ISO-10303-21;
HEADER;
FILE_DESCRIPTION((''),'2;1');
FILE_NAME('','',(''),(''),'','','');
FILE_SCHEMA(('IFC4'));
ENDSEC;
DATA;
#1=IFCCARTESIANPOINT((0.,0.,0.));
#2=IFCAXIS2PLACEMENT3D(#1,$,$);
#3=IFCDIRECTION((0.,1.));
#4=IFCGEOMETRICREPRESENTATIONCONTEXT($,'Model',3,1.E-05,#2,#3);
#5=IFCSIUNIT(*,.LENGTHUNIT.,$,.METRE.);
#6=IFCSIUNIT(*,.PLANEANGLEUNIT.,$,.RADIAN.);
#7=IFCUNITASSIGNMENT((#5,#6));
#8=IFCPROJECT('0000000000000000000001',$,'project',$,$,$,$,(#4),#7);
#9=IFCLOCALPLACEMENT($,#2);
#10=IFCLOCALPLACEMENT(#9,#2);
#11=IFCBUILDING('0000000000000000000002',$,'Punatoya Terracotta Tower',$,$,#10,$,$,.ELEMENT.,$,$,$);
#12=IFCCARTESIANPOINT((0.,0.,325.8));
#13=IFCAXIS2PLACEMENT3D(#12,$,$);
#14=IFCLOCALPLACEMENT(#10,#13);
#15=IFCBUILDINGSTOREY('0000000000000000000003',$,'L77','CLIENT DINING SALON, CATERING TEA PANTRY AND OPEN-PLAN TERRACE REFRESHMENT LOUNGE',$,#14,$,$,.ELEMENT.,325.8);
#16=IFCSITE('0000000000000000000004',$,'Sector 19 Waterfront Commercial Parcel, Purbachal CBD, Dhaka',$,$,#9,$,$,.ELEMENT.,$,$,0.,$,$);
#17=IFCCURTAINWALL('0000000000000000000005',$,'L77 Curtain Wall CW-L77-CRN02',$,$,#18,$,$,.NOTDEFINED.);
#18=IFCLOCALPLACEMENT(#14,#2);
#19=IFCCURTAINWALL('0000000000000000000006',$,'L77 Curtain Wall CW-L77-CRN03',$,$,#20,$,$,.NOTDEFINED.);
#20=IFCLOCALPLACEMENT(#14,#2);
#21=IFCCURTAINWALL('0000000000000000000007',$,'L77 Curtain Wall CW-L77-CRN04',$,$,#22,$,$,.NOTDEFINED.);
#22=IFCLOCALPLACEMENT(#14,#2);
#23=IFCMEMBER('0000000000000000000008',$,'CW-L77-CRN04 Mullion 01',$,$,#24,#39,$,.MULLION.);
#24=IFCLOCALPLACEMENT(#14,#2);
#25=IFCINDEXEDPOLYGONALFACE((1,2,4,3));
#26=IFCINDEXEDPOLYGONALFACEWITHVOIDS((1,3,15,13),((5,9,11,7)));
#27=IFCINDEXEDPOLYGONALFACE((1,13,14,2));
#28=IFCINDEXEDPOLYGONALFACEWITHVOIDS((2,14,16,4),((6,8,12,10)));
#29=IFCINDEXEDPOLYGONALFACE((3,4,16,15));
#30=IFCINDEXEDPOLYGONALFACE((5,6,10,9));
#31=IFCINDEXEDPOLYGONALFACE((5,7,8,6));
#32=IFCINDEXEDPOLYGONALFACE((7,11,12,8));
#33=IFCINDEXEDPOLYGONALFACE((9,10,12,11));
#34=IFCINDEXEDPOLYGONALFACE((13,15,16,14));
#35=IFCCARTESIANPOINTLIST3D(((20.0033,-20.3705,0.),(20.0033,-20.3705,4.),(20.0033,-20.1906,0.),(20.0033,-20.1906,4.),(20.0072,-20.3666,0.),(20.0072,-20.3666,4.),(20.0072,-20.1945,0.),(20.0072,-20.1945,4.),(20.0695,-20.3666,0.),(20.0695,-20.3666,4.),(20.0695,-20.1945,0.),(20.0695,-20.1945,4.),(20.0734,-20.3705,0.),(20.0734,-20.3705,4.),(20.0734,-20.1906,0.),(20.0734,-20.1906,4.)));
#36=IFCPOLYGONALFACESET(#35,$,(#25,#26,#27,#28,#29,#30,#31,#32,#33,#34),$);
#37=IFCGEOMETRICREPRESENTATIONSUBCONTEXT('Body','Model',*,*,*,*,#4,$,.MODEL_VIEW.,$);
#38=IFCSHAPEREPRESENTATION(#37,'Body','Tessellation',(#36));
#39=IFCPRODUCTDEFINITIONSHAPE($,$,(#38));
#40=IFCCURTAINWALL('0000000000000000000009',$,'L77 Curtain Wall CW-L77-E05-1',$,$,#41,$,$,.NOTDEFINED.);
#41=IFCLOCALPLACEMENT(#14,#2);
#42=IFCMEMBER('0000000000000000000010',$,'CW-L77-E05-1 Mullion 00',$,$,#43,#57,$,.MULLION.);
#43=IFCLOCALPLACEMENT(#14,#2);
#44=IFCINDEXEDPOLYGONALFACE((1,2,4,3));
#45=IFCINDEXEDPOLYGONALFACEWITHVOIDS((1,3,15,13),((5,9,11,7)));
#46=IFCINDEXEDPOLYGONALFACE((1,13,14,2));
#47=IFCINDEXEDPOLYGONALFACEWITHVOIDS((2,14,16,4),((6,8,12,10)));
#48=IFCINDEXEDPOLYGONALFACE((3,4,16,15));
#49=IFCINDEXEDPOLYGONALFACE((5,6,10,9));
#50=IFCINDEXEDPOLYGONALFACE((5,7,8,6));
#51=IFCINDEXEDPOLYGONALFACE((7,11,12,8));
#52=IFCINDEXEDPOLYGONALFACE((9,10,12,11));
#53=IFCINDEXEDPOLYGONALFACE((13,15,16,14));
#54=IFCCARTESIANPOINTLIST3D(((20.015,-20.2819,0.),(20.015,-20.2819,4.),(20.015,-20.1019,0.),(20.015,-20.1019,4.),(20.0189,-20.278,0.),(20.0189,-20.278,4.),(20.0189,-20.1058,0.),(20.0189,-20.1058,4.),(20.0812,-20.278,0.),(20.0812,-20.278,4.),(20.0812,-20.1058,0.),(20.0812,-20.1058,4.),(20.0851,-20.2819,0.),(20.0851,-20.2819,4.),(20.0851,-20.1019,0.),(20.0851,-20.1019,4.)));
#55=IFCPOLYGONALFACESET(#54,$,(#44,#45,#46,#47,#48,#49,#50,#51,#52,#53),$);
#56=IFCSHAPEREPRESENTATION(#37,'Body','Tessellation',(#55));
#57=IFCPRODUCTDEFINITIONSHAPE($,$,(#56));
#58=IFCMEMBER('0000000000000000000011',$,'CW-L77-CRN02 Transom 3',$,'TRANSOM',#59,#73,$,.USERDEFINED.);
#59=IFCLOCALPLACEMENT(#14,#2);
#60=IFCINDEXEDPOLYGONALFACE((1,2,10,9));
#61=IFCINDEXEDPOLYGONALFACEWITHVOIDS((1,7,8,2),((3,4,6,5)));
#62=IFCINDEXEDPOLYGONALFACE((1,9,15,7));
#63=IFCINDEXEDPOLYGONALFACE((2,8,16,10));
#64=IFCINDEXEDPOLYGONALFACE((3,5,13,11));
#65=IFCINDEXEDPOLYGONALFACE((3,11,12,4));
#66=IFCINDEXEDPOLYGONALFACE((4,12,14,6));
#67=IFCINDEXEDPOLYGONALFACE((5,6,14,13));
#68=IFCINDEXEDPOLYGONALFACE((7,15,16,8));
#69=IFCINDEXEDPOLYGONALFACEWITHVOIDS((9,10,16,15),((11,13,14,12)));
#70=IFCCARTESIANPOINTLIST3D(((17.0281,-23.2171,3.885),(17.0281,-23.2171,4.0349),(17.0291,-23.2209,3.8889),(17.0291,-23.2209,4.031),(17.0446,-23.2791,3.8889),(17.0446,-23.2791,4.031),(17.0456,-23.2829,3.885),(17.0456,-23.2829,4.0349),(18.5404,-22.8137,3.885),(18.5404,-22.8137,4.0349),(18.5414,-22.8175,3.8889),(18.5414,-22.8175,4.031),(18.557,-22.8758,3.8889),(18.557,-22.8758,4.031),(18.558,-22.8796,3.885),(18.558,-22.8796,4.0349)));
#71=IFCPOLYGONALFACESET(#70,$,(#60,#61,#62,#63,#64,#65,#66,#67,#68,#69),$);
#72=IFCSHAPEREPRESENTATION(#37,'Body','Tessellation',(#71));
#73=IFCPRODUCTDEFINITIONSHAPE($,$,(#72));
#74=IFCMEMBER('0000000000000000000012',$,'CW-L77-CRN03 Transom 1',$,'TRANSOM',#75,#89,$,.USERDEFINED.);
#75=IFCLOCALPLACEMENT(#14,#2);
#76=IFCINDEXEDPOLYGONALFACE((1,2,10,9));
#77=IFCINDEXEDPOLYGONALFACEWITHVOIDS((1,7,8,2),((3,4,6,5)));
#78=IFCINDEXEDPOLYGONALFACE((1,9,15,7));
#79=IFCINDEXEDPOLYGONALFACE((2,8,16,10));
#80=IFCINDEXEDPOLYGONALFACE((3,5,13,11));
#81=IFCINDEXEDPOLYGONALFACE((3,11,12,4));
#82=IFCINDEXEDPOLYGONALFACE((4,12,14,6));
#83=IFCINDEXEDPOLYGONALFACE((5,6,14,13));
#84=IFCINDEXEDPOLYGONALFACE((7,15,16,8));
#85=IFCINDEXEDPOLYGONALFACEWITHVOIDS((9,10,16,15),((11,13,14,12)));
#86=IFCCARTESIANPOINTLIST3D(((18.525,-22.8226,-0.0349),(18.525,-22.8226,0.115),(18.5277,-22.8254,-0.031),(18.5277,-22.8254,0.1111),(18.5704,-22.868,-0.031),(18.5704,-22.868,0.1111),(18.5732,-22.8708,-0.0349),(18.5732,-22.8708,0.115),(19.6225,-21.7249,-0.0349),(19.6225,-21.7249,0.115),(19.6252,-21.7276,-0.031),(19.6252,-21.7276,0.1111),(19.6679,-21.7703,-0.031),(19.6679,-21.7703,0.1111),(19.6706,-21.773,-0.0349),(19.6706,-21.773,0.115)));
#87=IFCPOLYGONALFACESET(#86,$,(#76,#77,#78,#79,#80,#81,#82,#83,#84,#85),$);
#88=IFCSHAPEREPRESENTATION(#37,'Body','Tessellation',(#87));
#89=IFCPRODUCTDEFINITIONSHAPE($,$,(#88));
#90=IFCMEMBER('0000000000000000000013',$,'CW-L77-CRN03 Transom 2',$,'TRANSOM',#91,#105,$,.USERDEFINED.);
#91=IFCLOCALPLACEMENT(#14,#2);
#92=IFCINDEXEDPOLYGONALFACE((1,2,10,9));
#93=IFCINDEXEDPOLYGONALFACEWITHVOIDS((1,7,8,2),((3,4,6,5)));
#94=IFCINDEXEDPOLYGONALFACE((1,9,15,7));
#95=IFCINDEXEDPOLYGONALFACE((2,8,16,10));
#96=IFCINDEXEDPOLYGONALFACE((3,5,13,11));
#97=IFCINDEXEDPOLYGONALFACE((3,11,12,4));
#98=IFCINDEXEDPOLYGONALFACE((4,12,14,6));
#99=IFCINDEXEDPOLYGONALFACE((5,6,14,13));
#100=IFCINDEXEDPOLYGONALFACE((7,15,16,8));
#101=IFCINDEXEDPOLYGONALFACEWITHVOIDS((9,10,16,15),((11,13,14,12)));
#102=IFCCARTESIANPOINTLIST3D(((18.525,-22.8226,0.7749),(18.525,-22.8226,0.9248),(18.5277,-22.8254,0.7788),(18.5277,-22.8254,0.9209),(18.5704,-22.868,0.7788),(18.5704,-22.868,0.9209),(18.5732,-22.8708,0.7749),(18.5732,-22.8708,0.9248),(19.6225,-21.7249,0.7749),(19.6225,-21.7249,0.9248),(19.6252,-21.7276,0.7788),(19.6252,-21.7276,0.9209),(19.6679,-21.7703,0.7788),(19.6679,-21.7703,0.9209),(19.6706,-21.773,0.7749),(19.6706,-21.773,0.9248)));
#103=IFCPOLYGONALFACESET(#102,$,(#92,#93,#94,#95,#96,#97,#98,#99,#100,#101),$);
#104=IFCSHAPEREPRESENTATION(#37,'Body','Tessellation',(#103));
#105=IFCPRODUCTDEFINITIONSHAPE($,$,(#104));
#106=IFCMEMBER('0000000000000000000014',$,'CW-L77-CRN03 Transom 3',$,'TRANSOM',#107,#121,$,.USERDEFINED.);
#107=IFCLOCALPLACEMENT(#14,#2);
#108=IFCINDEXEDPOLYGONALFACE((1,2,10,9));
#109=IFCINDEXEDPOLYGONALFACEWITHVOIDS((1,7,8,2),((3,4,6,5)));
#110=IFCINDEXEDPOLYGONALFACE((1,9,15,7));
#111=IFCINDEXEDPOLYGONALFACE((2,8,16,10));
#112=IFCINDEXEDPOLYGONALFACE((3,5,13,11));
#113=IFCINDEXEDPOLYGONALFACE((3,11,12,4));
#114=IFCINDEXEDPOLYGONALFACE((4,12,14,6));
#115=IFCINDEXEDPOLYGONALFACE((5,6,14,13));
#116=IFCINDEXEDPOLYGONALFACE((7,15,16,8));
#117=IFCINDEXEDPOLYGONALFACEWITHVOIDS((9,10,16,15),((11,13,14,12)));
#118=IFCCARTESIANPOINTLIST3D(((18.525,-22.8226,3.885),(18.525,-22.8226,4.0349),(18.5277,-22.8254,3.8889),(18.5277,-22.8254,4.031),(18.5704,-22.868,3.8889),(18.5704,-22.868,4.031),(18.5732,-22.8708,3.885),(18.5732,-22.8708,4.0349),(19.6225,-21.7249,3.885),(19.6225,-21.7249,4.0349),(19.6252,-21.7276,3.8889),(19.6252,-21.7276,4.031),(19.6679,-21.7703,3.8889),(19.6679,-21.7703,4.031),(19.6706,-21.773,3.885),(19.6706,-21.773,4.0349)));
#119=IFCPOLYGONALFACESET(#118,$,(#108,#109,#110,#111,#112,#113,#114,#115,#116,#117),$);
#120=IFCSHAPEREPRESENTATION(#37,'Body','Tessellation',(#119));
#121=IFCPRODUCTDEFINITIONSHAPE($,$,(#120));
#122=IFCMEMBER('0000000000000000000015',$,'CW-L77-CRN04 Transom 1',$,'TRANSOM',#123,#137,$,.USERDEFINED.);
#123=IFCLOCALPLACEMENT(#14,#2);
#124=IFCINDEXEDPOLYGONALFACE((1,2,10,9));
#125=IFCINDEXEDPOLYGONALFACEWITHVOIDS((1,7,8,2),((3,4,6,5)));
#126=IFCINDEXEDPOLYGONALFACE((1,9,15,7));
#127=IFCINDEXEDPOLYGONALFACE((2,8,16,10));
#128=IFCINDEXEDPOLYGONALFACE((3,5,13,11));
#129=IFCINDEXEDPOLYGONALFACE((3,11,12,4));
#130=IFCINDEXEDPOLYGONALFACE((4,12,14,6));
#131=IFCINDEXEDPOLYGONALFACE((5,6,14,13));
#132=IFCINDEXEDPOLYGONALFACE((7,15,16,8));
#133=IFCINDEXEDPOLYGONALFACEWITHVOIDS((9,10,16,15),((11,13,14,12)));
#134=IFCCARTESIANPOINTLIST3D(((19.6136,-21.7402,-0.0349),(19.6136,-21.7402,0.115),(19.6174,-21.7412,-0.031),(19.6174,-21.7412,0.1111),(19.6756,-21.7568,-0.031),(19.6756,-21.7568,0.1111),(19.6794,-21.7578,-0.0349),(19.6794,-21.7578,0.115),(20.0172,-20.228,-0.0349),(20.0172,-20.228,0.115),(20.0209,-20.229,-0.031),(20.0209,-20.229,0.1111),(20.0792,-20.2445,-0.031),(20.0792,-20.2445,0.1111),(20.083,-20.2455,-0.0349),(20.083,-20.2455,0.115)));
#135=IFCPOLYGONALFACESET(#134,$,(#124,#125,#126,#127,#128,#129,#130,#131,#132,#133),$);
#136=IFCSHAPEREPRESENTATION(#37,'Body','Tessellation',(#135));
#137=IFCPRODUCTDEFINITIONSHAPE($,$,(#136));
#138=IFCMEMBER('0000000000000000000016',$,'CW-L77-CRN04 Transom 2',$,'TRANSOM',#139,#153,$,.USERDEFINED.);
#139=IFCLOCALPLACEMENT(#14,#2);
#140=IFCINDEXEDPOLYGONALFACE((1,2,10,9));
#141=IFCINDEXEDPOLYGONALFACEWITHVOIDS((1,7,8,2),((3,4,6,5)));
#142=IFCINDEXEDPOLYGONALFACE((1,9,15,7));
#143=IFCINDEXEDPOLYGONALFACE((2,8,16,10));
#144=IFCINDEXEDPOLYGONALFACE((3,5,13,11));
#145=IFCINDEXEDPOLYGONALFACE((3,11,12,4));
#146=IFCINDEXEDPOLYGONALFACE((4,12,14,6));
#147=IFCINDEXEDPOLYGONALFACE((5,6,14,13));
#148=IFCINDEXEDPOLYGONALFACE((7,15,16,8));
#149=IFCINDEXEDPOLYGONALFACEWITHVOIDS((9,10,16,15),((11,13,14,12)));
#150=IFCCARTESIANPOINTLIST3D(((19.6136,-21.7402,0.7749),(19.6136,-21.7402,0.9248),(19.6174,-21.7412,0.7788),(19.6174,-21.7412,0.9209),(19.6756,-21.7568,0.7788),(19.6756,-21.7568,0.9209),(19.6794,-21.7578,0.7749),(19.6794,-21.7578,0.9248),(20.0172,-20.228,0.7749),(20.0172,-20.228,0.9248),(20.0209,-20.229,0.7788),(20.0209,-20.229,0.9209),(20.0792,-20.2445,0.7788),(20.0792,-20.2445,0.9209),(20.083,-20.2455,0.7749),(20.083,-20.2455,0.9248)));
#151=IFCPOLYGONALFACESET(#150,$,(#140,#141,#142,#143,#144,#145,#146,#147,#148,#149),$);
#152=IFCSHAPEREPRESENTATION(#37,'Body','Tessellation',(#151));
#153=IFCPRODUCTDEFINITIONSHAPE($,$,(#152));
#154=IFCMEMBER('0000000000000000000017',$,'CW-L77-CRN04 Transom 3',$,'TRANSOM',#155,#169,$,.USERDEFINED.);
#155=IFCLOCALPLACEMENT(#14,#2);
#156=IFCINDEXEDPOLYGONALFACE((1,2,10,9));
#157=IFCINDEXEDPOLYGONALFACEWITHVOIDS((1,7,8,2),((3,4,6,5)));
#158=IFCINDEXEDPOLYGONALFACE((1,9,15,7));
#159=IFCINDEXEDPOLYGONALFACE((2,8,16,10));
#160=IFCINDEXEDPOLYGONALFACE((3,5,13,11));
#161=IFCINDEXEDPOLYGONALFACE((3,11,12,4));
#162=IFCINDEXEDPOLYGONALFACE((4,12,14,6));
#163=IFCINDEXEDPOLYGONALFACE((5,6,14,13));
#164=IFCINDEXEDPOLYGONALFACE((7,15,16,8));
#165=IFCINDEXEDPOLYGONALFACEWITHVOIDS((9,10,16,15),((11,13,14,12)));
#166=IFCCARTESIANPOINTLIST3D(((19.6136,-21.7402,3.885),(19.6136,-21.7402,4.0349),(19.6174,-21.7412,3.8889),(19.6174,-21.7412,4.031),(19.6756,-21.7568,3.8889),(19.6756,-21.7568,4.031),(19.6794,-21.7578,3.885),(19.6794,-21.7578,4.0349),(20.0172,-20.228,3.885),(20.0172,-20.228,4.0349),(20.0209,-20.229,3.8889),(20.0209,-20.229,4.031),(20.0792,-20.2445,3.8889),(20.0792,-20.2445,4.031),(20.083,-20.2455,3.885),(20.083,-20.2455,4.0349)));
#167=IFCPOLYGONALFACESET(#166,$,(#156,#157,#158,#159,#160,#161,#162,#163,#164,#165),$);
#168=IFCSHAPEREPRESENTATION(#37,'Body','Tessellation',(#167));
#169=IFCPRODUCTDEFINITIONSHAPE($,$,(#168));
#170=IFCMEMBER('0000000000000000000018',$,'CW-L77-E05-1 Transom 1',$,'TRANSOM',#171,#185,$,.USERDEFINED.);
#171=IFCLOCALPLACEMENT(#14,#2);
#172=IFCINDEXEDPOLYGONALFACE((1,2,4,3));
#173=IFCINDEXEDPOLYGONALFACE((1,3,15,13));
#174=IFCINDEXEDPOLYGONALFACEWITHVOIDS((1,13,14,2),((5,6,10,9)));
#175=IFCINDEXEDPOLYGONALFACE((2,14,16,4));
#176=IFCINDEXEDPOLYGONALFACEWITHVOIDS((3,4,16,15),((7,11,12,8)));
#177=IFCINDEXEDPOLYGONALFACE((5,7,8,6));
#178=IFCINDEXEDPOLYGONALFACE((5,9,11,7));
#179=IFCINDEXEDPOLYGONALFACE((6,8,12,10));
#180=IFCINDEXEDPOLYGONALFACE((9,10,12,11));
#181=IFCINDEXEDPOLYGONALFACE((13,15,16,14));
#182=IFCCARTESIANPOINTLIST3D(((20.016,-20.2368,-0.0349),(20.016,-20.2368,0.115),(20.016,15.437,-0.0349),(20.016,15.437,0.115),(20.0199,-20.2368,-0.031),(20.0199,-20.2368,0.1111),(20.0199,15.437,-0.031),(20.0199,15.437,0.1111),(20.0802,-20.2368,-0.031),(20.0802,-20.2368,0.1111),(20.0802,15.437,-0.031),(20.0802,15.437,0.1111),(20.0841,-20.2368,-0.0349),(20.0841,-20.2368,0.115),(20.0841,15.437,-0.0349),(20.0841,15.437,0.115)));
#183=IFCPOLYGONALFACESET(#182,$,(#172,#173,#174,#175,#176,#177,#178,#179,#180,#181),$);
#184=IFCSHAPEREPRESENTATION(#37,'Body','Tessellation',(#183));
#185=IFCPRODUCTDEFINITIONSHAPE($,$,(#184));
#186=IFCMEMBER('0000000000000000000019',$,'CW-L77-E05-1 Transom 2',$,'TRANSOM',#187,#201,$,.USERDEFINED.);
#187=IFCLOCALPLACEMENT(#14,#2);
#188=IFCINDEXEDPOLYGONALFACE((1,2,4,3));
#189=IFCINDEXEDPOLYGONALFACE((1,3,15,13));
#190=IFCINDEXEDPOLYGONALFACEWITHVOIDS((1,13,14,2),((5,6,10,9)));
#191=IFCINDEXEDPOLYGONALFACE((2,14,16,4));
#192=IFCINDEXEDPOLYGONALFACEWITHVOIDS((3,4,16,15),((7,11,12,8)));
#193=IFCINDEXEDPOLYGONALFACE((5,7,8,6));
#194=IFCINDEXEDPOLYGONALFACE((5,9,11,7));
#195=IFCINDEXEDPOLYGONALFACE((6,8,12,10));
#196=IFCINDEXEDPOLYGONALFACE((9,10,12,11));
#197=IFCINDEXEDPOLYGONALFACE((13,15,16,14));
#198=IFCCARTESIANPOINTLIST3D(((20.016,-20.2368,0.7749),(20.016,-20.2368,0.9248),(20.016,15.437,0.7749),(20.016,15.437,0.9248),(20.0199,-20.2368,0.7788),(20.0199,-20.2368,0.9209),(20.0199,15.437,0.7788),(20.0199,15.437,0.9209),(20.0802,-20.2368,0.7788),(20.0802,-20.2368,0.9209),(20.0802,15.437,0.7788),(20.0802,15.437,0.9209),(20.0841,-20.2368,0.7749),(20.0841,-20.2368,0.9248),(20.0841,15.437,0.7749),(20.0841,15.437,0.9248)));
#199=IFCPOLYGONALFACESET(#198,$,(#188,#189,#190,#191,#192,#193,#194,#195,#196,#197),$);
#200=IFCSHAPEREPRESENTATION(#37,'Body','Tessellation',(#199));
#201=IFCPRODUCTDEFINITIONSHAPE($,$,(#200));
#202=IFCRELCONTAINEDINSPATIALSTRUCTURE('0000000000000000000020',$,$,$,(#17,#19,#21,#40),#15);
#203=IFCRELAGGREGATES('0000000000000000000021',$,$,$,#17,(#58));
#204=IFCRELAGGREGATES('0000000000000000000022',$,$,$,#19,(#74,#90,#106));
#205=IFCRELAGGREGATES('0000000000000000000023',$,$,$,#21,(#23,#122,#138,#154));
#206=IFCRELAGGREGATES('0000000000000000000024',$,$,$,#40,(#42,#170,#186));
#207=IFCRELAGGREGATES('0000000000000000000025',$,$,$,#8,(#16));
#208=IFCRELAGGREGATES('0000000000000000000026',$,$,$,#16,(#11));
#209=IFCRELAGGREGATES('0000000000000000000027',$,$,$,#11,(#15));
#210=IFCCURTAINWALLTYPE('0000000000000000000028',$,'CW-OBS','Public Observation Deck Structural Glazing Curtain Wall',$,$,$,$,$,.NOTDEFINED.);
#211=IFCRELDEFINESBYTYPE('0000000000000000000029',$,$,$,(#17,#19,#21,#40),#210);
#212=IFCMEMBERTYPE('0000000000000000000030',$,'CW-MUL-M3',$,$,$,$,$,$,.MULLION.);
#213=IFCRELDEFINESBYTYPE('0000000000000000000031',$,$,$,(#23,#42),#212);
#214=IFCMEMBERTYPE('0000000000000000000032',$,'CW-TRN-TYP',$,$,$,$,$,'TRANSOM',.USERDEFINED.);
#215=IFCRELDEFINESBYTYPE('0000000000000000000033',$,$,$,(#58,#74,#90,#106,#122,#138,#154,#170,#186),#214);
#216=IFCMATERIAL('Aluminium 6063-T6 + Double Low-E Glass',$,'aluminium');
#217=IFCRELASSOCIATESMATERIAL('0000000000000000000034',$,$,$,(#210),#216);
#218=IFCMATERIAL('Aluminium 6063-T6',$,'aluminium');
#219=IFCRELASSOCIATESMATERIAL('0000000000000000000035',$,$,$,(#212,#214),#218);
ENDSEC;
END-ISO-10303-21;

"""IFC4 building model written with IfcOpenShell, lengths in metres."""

from ifc_helpers import new_model, si_unit, direction, frame, origin, origin_2d, place, context, subcontext, project, spatial, hollow_rectangle, extrude, material, material_profile, profile_set, type_object, element, aggregate, save


model = new_model("IFC4")

# Units and contexts
model_context = context("Model", 3, precision=1e-05, world=origin(), true_north=direction((0.0, 1.0)))
body_context = subcontext(model_context, "Body", "Model", "MODEL_VIEW")
ifc_project = project(units=[si_unit("LENGTHUNIT", "METRE"), si_unit("PLANEANGLEUNIT", "RADIAN")], contexts=[model_context])

# Site, building, storey
site_placement = place(None, origin())
site = spatial("IfcSite", under=ifc_project, at=site_placement, Name="Sector 19 Waterfront Commercial Parcel, Purbachal CBD, Dhaka", CompositionType="ELEMENT", RefElevation=0.0)
building_placement = place(site_placement, origin())
building = spatial("IfcBuilding", under=site, at=building_placement, Name="Punatoya Terracotta Tower", CompositionType="ELEMENT")
storey_placement = place(building_placement, frame((0.0, 0.0, 325.8)))
storey = spatial("IfcBuildingStorey", under=building, at=storey_placement, Name="L77", Description="CLIENT DINING SALON, CATERING TEA PANTRY AND OPEN-PLAN TERRACE REFRESHMENT LOUNGE", CompositionType="ELEMENT", Elevation=325.8)

# Curtain walls, member
ifc_material_1 = material(Name="Aluminium 6063-T6 + Double Low-E Glass", Category="aluminium")
curtain_wall_type = type_object("IfcCurtainWallType", Name="CW-OBS", Description="Public Observation Deck Structural Glazing Curtain Wall", PredefinedType="NOTDEFINED", material=ifc_material_1)
curtain_wall_1_placement = place(storey_placement, origin())
curtain_wall_1 = element("IfcCurtainWall", 1, at=curtain_wall_1_placement, inside=storey, type_object=curtain_wall_type, Name="L77 Curtain Wall CW-L77-CRN02", PredefinedType="NOTDEFINED")
ifc_material_2 = material(Name="Aluminium 6063-T6", Category="aluminium")
ifc_material_profile_1 = material_profile(ifc_material_2, hollow_rectangle(XDim=0.0701, YDim=0.1799, WallThickness=0.0039, at=origin_2d()))
ifc_profile_set_1 = profile_set([ifc_material_profile_1], Name="Aluminium 6063-T6")
member_type_1 = type_object("IfcMemberType", Name="CW-MUL-M3", PredefinedType="MULLION", material=ifc_profile_set_1)
curtain_wall_2_placement = place(storey_placement, origin())
curtain_wall_2 = element("IfcCurtainWall", 2, at=curtain_wall_2_placement, inside=storey, type_object=curtain_wall_type, Name="L77 Curtain Wall CW-L77-CRN03", PredefinedType="NOTDEFINED")
curtain_wall_3_placement = place(storey_placement, origin())
curtain_wall_3 = element("IfcCurtainWall", 3, at=curtain_wall_3_placement, inside=storey, type_object=curtain_wall_type, Name="L77 Curtain Wall CW-L77-CRN04", PredefinedType="NOTDEFINED")
member_1_placement = place(storey_placement, frame((20.0383, -20.2805, 0.0), z_axis=(0.0, 0.0, 1.0), x_axis=(1.0, 0.0, 0.0)))
member_1 = element("IfcMember", 4, at=member_1_placement, type_object=member_type_1, Name="CW-L77-CRN04 Mullion 01", PredefinedType="MULLION", context=body_context, shape_type="SweptSolid", body=[
    extrude(hollow_rectangle(XDim=0.0701, YDim=0.1799, WallThickness=0.0039, at=origin_2d()), origin(), (0.0, 0.0, 1.0), 4.0),
])

# Curtain wall, member
curtain_wall_4_placement = place(storey_placement, origin())
curtain_wall_4 = element("IfcCurtainWall", 5, at=curtain_wall_4_placement, inside=storey, type_object=curtain_wall_type, Name="L77 Curtain Wall CW-L77-E05-1", PredefinedType="NOTDEFINED")
member_2_placement = place(storey_placement, frame((20.05, -20.1919, 0.0), z_axis=(0.0, 0.0, 1.0), x_axis=(1.0, 0.0, 0.0)))
member_2 = element("IfcMember", 6, at=member_2_placement, type_object=member_type_1, Name="CW-L77-E05-1 Mullion 00", PredefinedType="MULLION", context=body_context, shape_type="SweptSolid", body=[
    extrude(hollow_rectangle(XDim=0.0701, YDim=0.1799, WallThickness=0.0039, at=origin_2d()), origin(), (0.0, 0.0, 1.0), 4.0),
])

# Members
ifc_material_profile_2 = material_profile(ifc_material_2, hollow_rectangle(XDim=0.0681, YDim=0.1499, WallThickness=0.0039, at=origin_2d()))
ifc_profile_set_2 = profile_set([ifc_material_profile_2], Name="Aluminium 6063-T6")
member_type_2 = type_object("IfcMemberType", Name="CW-TRN-TYP", ElementType="TRANSOM", PredefinedType="USERDEFINED", material=ifc_profile_set_2)
member_3_placement = place(storey_placement, frame((17.0369, -23.25, 3.96), z_axis=(0.966225, 0.257701, 0.0), x_axis=(-0.257701, 0.966225, 0.0)))
member_3 = element("IfcMember", 7, at=member_3_placement, type_object=member_type_2, Name="CW-L77-CRN02 Transom 3", ObjectType="TRANSOM", PredefinedType="USERDEFINED", context=body_context, shape_type="SweptSolid", body=[
    extrude(hollow_rectangle(XDim=0.0681, YDim=0.1499, WallThickness=0.0039, at=origin_2d()), origin(), (0.0, 0.0, 1.0), 1.5652),
])
member_4_placement = place(storey_placement, frame((18.5491, -22.8467, 0.04), z_axis=(0.707028, 0.707185, 0.0), x_axis=(-0.707185, 0.707028, 0.0)))
member_4 = element("IfcMember", 8, at=member_4_placement, type_object=member_type_2, Name="CW-L77-CRN03 Transom 1", ObjectType="TRANSOM", PredefinedType="USERDEFINED", context=body_context, shape_type="SweptSolid", body=[
    extrude(hollow_rectangle(XDim=0.0681, YDim=0.1499, WallThickness=0.0039, at=origin_2d()), origin(), (0.0, 0.0, 1.0), 1.5522),
])
member_5_placement = place(storey_placement, frame((18.5491, -22.8467, 0.8499), z_axis=(0.707028, 0.707185, 0.0), x_axis=(-0.707185, 0.707028, 0.0)))
member_5 = element("IfcMember", 9, at=member_5_placement, type_object=member_type_2, Name="CW-L77-CRN03 Transom 2", ObjectType="TRANSOM", PredefinedType="USERDEFINED", context=body_context, shape_type="SweptSolid", body=[
    extrude(hollow_rectangle(XDim=0.0681, YDim=0.1499, WallThickness=0.0039, at=origin_2d()), origin(), (0.0, 0.0, 1.0), 1.5522),
])
member_6_placement = place(storey_placement, frame((18.5491, -22.8467, 3.96), z_axis=(0.707028, 0.707185, 0.0), x_axis=(-0.707185, 0.707028, 0.0)))
member_6 = element("IfcMember", 10, at=member_6_placement, type_object=member_type_2, Name="CW-L77-CRN03 Transom 3", ObjectType="TRANSOM", PredefinedType="USERDEFINED", context=body_context, shape_type="SweptSolid", body=[
    extrude(hollow_rectangle(XDim=0.0681, YDim=0.1499, WallThickness=0.0039, at=origin_2d()), origin(), (0.0, 0.0, 1.0), 1.5522),
])
member_7_placement = place(storey_placement, frame((19.6465, -21.749, 0.04), z_axis=(0.257847, 0.966186, 0.0), x_axis=(-0.966186, 0.257847, 0.0)))
member_7 = element("IfcMember", 11, at=member_7_placement, type_object=member_type_2, Name="CW-L77-CRN04 Transom 1", ObjectType="TRANSOM", PredefinedType="USERDEFINED", context=body_context, shape_type="SweptSolid", body=[
    extrude(hollow_rectangle(XDim=0.0681, YDim=0.1499, WallThickness=0.0039, at=origin_2d()), origin(), (0.0, 0.0, 1.0), 1.5652),
])
member_8_placement = place(storey_placement, frame((19.6465, -21.749, 0.8499), z_axis=(0.257847, 0.966186, 0.0), x_axis=(-0.966186, 0.257847, 0.0)))
member_8 = element("IfcMember", 12, at=member_8_placement, type_object=member_type_2, Name="CW-L77-CRN04 Transom 2", ObjectType="TRANSOM", PredefinedType="USERDEFINED", context=body_context, shape_type="SweptSolid", body=[
    extrude(hollow_rectangle(XDim=0.0681, YDim=0.1499, WallThickness=0.0039, at=origin_2d()), origin(), (0.0, 0.0, 1.0), 1.5652),
])
member_9_placement = place(storey_placement, frame((19.6465, -21.749, 3.96), z_axis=(0.257847, 0.966186, 0.0), x_axis=(-0.966186, 0.257847, 0.0)))
member_9 = element("IfcMember", 13, at=member_9_placement, type_object=member_type_2, Name="CW-L77-CRN04 Transom 3", ObjectType="TRANSOM", PredefinedType="USERDEFINED", context=body_context, shape_type="SweptSolid", body=[
    extrude(hollow_rectangle(XDim=0.0681, YDim=0.1499, WallThickness=0.0039, at=origin_2d()), origin(), (0.0, 0.0, 1.0), 1.5652),
])
member_10_placement = place(storey_placement, frame((20.05, -20.2368, 0.04), z_axis=(0.0, 1.0, 0.0), x_axis=(-1.0, 0.0, 0.0)))
member_10 = element("IfcMember", 14, at=member_10_placement, type_object=member_type_2, Name="CW-L77-E05-1 Transom 1", ObjectType="TRANSOM", PredefinedType="USERDEFINED", context=body_context, shape_type="SweptSolid", body=[
    extrude(hollow_rectangle(XDim=0.0681, YDim=0.1499, WallThickness=0.0039, at=origin_2d()), origin(), (0.0, 0.0, 1.0), 35.6738),
])
member_11_placement = place(storey_placement, frame((20.05, -20.2368, 0.8499), z_axis=(0.0, 1.0, 0.0), x_axis=(-1.0, 0.0, 0.0)))
member_11 = element("IfcMember", 15, at=member_11_placement, type_object=member_type_2, Name="CW-L77-E05-1 Transom 2", ObjectType="TRANSOM", PredefinedType="USERDEFINED", context=body_context, shape_type="SweptSolid", body=[
    extrude(hollow_rectangle(XDim=0.0681, YDim=0.1499, WallThickness=0.0039, at=origin_2d()), origin(), (0.0, 0.0, 1.0), 35.6738),
])

aggregate(curtain_wall_1, [member_3])
aggregate(curtain_wall_2, [member_4, member_5, member_6])
aggregate(curtain_wall_3, [member_1, member_7, member_8, member_9])
aggregate(curtain_wall_4, [member_2, member_10, member_11])

save(model, "model.ifc")
